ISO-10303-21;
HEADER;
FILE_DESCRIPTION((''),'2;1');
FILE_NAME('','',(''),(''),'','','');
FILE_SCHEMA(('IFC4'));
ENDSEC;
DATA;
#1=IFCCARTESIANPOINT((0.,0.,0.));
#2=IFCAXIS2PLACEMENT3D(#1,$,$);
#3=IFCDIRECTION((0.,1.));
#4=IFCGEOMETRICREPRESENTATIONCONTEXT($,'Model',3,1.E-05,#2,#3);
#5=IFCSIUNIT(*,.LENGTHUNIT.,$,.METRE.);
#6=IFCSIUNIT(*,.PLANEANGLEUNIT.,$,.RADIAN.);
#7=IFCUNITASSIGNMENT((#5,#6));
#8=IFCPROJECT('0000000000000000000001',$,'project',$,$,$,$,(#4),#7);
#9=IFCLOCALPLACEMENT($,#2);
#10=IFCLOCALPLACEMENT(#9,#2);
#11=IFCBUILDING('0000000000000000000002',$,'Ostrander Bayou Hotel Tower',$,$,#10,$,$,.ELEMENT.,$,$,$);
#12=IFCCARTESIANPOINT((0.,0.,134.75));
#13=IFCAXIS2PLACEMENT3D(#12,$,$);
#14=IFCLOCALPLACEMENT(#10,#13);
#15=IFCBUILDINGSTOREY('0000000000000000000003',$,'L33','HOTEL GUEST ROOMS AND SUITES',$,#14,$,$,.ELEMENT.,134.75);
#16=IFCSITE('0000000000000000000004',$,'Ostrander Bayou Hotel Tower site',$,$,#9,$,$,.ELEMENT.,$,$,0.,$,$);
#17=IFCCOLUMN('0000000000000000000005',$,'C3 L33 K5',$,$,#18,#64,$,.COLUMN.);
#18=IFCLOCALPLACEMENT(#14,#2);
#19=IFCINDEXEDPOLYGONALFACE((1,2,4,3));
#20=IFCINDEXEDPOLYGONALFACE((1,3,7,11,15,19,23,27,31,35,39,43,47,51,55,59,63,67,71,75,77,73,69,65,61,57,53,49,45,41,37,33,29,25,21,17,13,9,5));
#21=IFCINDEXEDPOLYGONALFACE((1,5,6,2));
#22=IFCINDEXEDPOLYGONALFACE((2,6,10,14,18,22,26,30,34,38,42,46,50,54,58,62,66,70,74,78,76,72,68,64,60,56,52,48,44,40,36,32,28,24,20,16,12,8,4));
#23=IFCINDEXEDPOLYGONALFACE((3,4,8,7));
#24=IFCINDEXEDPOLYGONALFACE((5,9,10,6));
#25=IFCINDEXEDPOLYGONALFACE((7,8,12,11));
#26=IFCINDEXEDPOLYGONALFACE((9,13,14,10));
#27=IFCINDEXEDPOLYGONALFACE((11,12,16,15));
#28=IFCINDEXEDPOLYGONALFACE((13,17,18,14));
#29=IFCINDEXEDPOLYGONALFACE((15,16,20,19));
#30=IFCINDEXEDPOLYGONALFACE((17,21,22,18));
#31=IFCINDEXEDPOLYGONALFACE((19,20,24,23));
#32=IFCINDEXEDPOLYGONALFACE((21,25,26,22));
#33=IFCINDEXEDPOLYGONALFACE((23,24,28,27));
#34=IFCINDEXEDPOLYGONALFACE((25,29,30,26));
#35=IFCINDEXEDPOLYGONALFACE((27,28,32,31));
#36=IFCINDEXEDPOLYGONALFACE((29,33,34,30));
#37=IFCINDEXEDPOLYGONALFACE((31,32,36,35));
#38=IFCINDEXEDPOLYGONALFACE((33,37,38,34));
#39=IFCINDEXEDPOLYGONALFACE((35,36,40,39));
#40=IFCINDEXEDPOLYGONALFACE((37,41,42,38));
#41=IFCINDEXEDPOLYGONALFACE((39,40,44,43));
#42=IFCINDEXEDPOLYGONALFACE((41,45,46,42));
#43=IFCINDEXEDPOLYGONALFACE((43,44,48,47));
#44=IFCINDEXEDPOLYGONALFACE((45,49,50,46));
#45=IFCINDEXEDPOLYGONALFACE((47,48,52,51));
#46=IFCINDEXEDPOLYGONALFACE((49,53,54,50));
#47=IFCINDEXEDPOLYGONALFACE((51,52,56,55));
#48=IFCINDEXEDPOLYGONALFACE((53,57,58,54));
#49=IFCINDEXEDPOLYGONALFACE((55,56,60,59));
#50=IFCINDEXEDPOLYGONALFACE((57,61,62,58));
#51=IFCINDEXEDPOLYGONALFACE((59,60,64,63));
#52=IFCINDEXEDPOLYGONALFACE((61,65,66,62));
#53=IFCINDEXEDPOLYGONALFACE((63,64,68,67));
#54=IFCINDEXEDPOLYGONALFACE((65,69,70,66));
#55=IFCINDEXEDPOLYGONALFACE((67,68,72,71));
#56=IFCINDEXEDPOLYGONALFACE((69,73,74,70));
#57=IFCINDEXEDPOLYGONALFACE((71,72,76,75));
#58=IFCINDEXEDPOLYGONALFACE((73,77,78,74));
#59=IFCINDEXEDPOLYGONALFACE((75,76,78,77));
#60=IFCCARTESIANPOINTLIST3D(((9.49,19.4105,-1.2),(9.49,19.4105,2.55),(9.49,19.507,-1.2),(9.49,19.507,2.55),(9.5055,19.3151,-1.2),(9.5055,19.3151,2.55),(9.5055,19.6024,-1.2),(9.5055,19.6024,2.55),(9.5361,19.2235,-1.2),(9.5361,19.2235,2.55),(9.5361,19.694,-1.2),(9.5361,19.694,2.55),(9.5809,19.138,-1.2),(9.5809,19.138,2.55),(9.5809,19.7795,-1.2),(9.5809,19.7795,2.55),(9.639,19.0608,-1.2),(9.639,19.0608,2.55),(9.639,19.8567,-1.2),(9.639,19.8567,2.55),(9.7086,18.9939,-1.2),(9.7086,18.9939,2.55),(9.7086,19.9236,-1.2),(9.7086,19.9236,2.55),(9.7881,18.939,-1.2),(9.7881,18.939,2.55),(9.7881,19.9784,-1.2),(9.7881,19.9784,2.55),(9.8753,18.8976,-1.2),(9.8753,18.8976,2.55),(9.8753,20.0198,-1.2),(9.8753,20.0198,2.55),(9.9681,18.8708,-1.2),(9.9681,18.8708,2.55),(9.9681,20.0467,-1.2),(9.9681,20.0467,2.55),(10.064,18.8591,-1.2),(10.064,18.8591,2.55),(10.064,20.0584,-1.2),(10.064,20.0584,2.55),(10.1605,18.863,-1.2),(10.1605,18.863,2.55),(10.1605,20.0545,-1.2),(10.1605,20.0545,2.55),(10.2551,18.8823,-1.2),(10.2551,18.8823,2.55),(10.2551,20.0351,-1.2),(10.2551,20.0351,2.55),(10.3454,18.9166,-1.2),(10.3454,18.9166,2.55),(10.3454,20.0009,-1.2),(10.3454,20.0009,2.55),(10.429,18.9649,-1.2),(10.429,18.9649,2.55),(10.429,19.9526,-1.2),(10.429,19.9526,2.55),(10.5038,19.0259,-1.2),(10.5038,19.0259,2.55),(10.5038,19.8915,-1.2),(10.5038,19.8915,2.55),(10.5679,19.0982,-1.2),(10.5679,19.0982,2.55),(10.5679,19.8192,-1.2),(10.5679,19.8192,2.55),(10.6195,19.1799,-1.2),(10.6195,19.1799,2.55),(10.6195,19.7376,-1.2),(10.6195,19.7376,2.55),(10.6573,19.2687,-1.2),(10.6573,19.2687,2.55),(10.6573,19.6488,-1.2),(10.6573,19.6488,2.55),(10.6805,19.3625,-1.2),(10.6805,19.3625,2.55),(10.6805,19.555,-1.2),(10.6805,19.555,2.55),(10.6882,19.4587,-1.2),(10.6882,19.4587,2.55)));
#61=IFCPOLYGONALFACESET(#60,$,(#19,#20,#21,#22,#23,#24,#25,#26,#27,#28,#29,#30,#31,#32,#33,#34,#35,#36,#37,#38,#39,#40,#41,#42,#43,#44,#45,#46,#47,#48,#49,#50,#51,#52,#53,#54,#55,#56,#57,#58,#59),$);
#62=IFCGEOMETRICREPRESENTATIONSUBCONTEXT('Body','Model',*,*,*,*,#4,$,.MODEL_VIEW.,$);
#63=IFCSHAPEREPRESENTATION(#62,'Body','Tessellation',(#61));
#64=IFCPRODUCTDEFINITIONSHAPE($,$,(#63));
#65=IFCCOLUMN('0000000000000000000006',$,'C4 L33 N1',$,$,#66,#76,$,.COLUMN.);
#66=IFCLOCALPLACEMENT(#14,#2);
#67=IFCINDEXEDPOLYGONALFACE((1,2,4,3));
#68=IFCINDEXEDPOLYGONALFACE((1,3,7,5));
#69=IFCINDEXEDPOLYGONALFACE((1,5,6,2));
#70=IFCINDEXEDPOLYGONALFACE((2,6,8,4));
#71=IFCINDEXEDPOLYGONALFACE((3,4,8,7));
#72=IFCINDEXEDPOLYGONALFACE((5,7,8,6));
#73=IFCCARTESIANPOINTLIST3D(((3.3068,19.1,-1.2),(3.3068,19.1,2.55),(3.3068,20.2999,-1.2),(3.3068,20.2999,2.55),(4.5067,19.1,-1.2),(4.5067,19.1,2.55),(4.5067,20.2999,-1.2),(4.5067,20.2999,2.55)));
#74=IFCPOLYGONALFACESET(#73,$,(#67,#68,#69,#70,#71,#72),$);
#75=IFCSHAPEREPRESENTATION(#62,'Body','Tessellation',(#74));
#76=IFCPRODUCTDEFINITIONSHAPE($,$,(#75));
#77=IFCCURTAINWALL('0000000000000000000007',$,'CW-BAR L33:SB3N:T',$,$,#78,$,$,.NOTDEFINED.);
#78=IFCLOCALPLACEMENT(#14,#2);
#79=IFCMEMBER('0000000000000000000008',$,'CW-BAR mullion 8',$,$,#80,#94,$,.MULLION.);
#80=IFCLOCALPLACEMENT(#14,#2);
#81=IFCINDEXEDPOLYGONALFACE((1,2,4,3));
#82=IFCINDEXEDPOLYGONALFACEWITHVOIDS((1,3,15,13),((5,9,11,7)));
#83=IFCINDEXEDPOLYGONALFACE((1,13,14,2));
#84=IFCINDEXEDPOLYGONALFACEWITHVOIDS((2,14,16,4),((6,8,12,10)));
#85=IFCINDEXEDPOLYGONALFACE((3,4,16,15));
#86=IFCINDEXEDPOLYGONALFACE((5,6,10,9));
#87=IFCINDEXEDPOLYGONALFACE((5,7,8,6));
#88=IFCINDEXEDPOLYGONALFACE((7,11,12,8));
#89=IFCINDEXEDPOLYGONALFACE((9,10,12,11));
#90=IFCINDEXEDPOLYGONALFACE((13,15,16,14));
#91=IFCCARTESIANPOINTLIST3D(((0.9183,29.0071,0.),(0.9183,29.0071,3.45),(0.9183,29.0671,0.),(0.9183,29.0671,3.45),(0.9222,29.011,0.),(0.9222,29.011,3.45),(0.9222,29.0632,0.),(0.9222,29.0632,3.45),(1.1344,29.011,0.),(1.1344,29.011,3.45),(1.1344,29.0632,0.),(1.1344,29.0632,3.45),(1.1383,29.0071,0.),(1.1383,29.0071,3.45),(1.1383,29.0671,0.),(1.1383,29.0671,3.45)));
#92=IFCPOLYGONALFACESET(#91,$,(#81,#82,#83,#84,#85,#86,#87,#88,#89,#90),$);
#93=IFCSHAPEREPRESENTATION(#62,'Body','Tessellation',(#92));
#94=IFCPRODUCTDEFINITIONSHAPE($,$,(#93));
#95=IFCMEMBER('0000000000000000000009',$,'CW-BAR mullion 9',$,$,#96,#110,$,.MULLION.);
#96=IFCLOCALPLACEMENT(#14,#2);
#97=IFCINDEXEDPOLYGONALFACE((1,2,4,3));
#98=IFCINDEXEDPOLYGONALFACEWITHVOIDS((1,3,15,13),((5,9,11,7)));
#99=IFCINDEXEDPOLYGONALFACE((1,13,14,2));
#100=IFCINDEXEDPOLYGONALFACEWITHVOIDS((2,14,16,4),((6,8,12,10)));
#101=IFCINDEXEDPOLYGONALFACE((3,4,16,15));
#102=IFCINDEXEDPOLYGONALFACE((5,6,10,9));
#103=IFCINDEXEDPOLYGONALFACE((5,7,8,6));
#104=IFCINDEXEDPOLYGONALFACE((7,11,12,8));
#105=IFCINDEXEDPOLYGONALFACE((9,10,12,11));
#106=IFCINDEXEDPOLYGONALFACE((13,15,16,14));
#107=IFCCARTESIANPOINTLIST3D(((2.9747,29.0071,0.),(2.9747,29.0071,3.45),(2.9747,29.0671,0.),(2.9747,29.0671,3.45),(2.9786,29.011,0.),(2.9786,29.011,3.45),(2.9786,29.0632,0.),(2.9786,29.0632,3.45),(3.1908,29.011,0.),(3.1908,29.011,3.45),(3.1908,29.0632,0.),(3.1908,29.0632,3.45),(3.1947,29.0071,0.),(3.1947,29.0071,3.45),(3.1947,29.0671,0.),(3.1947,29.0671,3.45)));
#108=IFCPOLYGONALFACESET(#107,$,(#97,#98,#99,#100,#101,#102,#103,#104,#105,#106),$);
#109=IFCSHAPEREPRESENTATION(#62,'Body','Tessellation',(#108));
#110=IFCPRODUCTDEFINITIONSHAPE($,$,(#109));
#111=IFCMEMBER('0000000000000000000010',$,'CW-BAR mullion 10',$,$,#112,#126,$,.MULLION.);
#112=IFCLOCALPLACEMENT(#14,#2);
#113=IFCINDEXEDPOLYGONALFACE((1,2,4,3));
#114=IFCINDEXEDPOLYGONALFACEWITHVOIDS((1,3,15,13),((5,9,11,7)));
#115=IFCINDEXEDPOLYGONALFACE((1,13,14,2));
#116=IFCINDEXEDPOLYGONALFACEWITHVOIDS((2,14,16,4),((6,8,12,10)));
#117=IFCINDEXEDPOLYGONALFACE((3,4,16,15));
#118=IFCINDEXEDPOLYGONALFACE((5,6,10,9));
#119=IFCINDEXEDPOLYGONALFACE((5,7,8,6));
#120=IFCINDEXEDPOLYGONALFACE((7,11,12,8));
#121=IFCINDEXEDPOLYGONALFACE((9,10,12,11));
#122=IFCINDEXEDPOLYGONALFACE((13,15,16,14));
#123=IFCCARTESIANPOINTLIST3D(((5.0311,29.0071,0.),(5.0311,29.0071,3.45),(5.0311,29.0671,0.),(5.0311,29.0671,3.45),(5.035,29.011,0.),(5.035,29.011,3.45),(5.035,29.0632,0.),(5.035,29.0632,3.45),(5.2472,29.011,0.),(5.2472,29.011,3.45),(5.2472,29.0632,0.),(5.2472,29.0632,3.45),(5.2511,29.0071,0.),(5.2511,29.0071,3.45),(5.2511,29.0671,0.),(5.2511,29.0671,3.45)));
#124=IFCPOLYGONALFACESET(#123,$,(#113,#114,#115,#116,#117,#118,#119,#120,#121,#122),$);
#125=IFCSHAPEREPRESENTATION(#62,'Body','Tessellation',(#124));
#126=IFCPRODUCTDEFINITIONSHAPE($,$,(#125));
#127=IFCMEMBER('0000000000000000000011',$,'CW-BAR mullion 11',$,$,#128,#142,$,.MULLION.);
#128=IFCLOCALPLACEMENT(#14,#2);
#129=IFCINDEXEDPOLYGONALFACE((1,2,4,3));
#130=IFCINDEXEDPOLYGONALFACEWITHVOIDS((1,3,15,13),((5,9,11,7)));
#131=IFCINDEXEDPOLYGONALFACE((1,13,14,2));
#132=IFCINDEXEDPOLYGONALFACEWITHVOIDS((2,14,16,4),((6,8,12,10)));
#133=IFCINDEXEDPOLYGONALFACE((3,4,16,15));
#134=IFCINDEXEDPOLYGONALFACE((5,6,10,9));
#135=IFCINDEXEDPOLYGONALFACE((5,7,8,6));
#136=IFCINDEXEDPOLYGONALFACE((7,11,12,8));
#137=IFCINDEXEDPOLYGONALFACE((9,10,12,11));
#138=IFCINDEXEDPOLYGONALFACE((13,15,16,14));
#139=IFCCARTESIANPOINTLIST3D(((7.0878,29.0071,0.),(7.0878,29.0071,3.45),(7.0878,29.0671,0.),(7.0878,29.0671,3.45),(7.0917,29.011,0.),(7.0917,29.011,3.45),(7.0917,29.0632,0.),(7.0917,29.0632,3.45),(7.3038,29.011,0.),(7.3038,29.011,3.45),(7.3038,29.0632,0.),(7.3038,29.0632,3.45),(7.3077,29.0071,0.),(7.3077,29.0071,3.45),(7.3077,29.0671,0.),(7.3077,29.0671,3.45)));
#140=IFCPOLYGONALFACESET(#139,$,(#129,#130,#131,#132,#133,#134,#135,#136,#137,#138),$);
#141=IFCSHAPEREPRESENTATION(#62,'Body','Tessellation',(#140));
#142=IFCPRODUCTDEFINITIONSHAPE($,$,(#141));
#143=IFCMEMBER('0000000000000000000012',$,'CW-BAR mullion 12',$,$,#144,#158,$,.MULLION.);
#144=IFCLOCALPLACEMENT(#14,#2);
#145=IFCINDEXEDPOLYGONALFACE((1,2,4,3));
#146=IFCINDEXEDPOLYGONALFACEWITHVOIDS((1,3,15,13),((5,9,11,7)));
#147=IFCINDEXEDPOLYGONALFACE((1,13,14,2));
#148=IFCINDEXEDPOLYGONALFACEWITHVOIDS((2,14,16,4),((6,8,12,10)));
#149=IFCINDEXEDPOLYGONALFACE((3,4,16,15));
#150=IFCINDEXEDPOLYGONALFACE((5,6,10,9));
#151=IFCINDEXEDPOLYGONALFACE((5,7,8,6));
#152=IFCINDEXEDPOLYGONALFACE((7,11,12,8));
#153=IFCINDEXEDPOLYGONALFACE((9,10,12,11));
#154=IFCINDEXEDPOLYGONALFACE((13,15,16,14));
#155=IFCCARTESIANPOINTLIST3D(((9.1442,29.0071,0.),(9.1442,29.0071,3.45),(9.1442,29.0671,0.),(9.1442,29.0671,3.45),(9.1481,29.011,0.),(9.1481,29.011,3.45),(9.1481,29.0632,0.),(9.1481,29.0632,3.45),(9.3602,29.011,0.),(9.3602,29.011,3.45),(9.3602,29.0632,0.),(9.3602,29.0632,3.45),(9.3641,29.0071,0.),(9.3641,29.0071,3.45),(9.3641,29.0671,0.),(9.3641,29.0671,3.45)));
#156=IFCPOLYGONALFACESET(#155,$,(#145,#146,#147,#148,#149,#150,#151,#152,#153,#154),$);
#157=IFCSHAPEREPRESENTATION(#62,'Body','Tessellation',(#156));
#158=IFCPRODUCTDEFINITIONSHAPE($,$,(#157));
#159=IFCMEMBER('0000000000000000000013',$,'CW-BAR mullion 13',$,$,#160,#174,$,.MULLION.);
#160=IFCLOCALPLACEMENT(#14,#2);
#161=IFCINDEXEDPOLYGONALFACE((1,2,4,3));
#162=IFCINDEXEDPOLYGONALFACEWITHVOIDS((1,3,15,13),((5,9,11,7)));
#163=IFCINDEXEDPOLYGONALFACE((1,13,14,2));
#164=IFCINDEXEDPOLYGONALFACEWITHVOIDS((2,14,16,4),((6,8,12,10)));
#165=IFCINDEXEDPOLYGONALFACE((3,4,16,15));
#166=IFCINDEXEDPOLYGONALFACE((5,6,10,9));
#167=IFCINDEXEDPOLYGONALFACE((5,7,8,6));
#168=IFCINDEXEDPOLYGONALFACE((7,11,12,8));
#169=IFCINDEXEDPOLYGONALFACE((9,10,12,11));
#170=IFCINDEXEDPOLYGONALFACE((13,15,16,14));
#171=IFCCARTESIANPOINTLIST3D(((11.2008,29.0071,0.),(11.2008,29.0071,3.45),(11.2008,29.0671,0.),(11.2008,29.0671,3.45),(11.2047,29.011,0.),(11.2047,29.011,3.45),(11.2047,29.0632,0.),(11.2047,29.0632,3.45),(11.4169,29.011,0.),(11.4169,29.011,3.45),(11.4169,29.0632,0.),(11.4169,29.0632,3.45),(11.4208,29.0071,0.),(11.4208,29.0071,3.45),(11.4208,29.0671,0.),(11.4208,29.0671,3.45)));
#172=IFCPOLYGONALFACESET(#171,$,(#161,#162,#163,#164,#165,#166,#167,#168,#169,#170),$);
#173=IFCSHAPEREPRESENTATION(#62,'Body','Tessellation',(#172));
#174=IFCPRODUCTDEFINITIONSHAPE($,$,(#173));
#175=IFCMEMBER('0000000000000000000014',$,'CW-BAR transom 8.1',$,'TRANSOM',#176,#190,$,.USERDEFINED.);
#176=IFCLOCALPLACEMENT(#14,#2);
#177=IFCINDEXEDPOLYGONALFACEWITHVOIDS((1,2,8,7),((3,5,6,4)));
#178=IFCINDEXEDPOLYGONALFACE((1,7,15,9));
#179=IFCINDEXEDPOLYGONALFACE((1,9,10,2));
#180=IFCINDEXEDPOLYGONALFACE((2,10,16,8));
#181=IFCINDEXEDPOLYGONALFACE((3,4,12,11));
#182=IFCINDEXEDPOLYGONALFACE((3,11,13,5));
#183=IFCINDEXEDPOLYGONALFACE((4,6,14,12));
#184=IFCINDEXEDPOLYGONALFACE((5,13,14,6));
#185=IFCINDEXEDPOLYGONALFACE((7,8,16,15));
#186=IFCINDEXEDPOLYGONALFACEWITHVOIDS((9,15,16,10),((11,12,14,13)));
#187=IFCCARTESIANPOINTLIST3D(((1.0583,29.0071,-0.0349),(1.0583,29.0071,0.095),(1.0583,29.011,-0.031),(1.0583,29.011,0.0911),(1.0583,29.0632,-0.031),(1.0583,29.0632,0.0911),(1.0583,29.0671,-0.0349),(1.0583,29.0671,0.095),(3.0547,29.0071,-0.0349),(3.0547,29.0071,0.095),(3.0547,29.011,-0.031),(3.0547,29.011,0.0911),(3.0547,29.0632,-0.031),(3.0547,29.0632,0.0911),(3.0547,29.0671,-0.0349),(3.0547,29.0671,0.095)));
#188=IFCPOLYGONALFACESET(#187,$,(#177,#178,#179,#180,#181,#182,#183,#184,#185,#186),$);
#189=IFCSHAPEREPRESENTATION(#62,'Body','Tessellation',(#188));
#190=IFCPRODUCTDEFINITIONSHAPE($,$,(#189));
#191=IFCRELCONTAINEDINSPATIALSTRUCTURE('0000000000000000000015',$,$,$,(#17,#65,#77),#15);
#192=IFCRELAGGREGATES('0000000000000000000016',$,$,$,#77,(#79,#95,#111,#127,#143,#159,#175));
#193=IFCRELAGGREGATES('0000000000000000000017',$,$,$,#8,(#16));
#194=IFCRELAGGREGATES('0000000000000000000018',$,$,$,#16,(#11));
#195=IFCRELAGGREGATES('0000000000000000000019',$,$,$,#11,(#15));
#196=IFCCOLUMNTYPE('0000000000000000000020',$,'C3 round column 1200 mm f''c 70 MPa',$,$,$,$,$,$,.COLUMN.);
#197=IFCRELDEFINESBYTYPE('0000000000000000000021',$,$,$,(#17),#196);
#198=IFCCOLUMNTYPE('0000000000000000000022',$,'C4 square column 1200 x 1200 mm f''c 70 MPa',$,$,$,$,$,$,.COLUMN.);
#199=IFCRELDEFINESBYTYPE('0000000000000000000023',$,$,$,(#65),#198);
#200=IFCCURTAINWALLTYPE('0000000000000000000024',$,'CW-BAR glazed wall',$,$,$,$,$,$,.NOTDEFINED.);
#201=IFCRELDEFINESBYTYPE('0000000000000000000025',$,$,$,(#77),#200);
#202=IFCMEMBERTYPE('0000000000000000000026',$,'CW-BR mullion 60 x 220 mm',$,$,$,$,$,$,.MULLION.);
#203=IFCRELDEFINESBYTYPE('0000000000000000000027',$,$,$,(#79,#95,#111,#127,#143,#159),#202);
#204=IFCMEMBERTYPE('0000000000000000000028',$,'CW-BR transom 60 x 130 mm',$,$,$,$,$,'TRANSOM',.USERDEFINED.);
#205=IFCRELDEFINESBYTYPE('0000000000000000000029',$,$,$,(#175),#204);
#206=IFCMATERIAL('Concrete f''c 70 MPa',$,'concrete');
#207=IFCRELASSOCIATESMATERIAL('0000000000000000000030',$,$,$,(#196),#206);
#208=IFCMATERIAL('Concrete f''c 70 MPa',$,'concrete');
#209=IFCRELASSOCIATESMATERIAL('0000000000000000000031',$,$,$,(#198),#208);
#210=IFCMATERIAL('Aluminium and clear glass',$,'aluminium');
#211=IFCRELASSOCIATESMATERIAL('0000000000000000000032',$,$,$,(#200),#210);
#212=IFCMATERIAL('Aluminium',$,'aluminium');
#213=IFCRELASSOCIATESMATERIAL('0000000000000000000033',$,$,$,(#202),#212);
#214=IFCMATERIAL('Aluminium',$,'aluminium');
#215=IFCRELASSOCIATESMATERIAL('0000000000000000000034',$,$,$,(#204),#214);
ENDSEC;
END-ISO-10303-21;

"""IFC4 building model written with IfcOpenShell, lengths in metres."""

from ifc_helpers import new_model, si_unit, direction, frame, origin, origin_2d, place, context, subcontext, project, spatial, rectangle, hollow_rectangle, circle, extrude, material, material_profile, profile_set, type_object, element, aggregate, save


model = new_model("IFC4")

# Units and contexts
model_context = context("Model", 3, precision=1e-05, world=origin(), true_north=direction((0.0, 1.0)))
body_context = subcontext(model_context, "Body", "Model", "MODEL_VIEW")
ifc_project = project(units=[si_unit("LENGTHUNIT", "METRE"), si_unit("PLANEANGLEUNIT", "RADIAN")], contexts=[model_context])

# Site, building, storey
site_placement = place(None, origin())
site = spatial("IfcSite", under=ifc_project, at=site_placement, Name="Ostrander Bayou Hotel Tower site", CompositionType="ELEMENT", RefElevation=0.0)
building_placement = place(site_placement, origin())
building = spatial("IfcBuilding", under=site, at=building_placement, Name="Ostrander Bayou Hotel Tower", CompositionType="ELEMENT")
storey_placement = place(building_placement, frame((0.0, 0.0, 134.75)))
storey = spatial("IfcBuildingStorey", under=building, at=storey_placement, Name="L33", Description="HOTEL GUEST ROOMS AND SUITES", CompositionType="ELEMENT", Elevation=134.75)

# Columns
ifc_material_1 = material(Name="Concrete f'c 70 MPa", Category="concrete")
ifc_material_profile_1 = material_profile(ifc_material_1, circle(Radius=0.6001, at=origin_2d()))
ifc_profile_set_1 = profile_set([ifc_material_profile_1], Name="Concrete f'c 70 MPa")
column_type_1 = type_object("IfcColumnType", Name="C3 round column 1200 mm f'c 70 MPa", PredefinedType="COLUMN", material=ifc_profile_set_1)
column_1_placement = place(storey_placement, frame((10.0881, 19.4587, -1.2), z_axis=(0.0, 0.0, 1.0), x_axis=(1.0, 0.0, 0.0)))
element("IfcColumn", 1, at=column_1_placement, inside=storey, type_object=column_type_1, Name="C3 L33 K5", PredefinedType="COLUMN", context=body_context, shape_type="SweptSolid", body=[
    extrude(circle(Radius=0.6001, at=origin_2d()), origin(), (0.0, 0.0, 1.0), 3.75),
])
ifc_material_2 = material(Name="Concrete f'c 70 MPa", Category="concrete")
ifc_material_profile_2 = material_profile(ifc_material_2, rectangle(XDim=1.2, YDim=1.2, at=origin_2d()))
ifc_profile_set_2 = profile_set([ifc_material_profile_2], Name="Concrete f'c 70 MPa")
column_type_2 = type_object("IfcColumnType", Name="C4 square column 1200 x 1200 mm f'c 70 MPa", PredefinedType="COLUMN", material=ifc_profile_set_2)
column_2_placement = place(storey_placement, frame((3.9067, 19.7, -1.2), z_axis=(0.0, 0.0, 1.0), x_axis=(1.0, 0.0, 0.0)))
element("IfcColumn", 2, at=column_2_placement, inside=storey, type_object=column_type_2, Name="C4 L33 N1", PredefinedType="COLUMN", context=body_context, shape_type="SweptSolid", body=[
    extrude(rectangle(XDim=1.2, YDim=1.2, at=origin_2d()), origin(), (0.0, 0.0, 1.0), 3.75),
])

# Curtain wall, members
ifc_material_3 = material(Name="Aluminium and clear glass", Category="aluminium")
curtain_wall_type = type_object("IfcCurtainWallType", Name="CW-BAR glazed wall", PredefinedType="NOTDEFINED", material=ifc_material_3)
curtain_wall_placement = place(storey_placement, origin())
curtain_wall = element("IfcCurtainWall", 3, at=curtain_wall_placement, inside=storey, type_object=curtain_wall_type, Name="CW-BAR L33:SB3N:T", PredefinedType="NOTDEFINED")
ifc_material_4 = material(Name="Aluminium", Category="aluminium")
ifc_material_profile_3 = material_profile(ifc_material_4, hollow_rectangle(XDim=0.0601, YDim=0.22, WallThickness=0.0039, at=origin_2d()))
ifc_profile_set_3 = profile_set([ifc_material_profile_3], Name="Aluminium")
member_type_1 = type_object("IfcMemberType", Name="CW-BR mullion 60 x 220 mm", PredefinedType="MULLION", material=ifc_profile_set_3)
member_1_placement = place(storey_placement, frame((1.0283, 29.0371, 0.0), z_axis=(0.0, 0.0, 1.0), x_axis=(0.0, 1.0, 0.0)))
member_1 = element("IfcMember", 4, at=member_1_placement, type_object=member_type_1, Name="CW-BAR mullion 8", PredefinedType="MULLION", context=body_context, shape_type="SweptSolid", body=[
    extrude(hollow_rectangle(XDim=0.0601, YDim=0.22, WallThickness=0.0039, at=origin_2d()), origin(), (0.0, 0.0, 1.0), 3.45),
])
member_2_placement = place(storey_placement, frame((3.0847, 29.0371, 0.0), z_axis=(0.0, 0.0, 1.0), x_axis=(0.0, 1.0, 0.0)))
member_2 = element("IfcMember", 5, at=member_2_placement, type_object=member_type_1, Name="CW-BAR mullion 9", PredefinedType="MULLION", context=body_context, shape_type="SweptSolid", body=[
    extrude(hollow_rectangle(XDim=0.0601, YDim=0.22, WallThickness=0.0039, at=origin_2d()), origin(), (0.0, 0.0, 1.0), 3.45),
])
member_3_placement = place(storey_placement, frame((5.1411, 29.0371, 0.0), z_axis=(0.0, 0.0, 1.0), x_axis=(0.0, 1.0, 0.0)))
member_3 = element("IfcMember", 6, at=member_3_placement, type_object=member_type_1, Name="CW-BAR mullion 10", PredefinedType="MULLION", context=body_context, shape_type="SweptSolid", body=[
    extrude(hollow_rectangle(XDim=0.0601, YDim=0.22, WallThickness=0.0039, at=origin_2d()), origin(), (0.0, 0.0, 1.0), 3.45),
])
member_4_placement = place(storey_placement, frame((7.1978, 29.0371, 0.0), z_axis=(0.0, 0.0, 1.0), x_axis=(0.0, 1.0, 0.0)))
member_4 = element("IfcMember", 7, at=member_4_placement, type_object=member_type_1, Name="CW-BAR mullion 11", PredefinedType="MULLION", context=body_context, shape_type="SweptSolid", body=[
    extrude(hollow_rectangle(XDim=0.0601, YDim=0.22, WallThickness=0.0039, at=origin_2d()), origin(), (0.0, 0.0, 1.0), 3.45),
])
member_5_placement = place(storey_placement, frame((9.2542, 29.0371, 0.0), z_axis=(0.0, 0.0, 1.0), x_axis=(0.0, 1.0, 0.0)))
member_5 = element("IfcMember", 8, at=member_5_placement, type_object=member_type_1, Name="CW-BAR mullion 12", PredefinedType="MULLION", context=body_context, shape_type="SweptSolid", body=[
    extrude(hollow_rectangle(XDim=0.0601, YDim=0.22, WallThickness=0.0039, at=origin_2d()), origin(), (0.0, 0.0, 1.0), 3.45),
])
member_6_placement = place(storey_placement, frame((11.3108, 29.0371, 0.0), z_axis=(0.0, 0.0, 1.0), x_axis=(0.0, 1.0, 0.0)))
member_6 = element("IfcMember", 9, at=member_6_placement, type_object=member_type_1, Name="CW-BAR mullion 13", PredefinedType="MULLION", context=body_context, shape_type="SweptSolid", body=[
    extrude(hollow_rectangle(XDim=0.0601, YDim=0.22, WallThickness=0.0039, at=origin_2d()), origin(), (0.0, 0.0, 1.0), 3.45),
])
ifc_material_5 = material(Name="Aluminium", Category="aluminium")
ifc_material_profile_4 = material_profile(ifc_material_5, hollow_rectangle(XDim=0.0601, YDim=0.1299, WallThickness=0.0039, at=origin_2d()))
ifc_profile_set_4 = profile_set([ifc_material_profile_4], Name="Aluminium")
member_type_2 = type_object("IfcMemberType", Name="CW-BR transom 60 x 130 mm", ElementType="TRANSOM", PredefinedType="USERDEFINED", material=ifc_profile_set_4)
member_7_placement = place(storey_placement, frame((1.0583, 29.0371, 0.03), z_axis=(1.0, 0.0, 0.0), x_axis=(0.0, 1.0, 0.0)))
member_7 = element("IfcMember", 10, at=member_7_placement, type_object=member_type_2, Name="CW-BAR transom 8.1", ObjectType="TRANSOM", PredefinedType="USERDEFINED", context=body_context, shape_type="SweptSolid", body=[
    extrude(hollow_rectangle(XDim=0.0601, YDim=0.1299, WallThickness=0.0039, at=origin_2d()), origin(), (0.0, 0.0, 1.0), 1.9963),
])
aggregate(curtain_wall, [member_1, member_2, member_3, member_4, member_5, member_6, member_7])

save(model, "model.ifc")
